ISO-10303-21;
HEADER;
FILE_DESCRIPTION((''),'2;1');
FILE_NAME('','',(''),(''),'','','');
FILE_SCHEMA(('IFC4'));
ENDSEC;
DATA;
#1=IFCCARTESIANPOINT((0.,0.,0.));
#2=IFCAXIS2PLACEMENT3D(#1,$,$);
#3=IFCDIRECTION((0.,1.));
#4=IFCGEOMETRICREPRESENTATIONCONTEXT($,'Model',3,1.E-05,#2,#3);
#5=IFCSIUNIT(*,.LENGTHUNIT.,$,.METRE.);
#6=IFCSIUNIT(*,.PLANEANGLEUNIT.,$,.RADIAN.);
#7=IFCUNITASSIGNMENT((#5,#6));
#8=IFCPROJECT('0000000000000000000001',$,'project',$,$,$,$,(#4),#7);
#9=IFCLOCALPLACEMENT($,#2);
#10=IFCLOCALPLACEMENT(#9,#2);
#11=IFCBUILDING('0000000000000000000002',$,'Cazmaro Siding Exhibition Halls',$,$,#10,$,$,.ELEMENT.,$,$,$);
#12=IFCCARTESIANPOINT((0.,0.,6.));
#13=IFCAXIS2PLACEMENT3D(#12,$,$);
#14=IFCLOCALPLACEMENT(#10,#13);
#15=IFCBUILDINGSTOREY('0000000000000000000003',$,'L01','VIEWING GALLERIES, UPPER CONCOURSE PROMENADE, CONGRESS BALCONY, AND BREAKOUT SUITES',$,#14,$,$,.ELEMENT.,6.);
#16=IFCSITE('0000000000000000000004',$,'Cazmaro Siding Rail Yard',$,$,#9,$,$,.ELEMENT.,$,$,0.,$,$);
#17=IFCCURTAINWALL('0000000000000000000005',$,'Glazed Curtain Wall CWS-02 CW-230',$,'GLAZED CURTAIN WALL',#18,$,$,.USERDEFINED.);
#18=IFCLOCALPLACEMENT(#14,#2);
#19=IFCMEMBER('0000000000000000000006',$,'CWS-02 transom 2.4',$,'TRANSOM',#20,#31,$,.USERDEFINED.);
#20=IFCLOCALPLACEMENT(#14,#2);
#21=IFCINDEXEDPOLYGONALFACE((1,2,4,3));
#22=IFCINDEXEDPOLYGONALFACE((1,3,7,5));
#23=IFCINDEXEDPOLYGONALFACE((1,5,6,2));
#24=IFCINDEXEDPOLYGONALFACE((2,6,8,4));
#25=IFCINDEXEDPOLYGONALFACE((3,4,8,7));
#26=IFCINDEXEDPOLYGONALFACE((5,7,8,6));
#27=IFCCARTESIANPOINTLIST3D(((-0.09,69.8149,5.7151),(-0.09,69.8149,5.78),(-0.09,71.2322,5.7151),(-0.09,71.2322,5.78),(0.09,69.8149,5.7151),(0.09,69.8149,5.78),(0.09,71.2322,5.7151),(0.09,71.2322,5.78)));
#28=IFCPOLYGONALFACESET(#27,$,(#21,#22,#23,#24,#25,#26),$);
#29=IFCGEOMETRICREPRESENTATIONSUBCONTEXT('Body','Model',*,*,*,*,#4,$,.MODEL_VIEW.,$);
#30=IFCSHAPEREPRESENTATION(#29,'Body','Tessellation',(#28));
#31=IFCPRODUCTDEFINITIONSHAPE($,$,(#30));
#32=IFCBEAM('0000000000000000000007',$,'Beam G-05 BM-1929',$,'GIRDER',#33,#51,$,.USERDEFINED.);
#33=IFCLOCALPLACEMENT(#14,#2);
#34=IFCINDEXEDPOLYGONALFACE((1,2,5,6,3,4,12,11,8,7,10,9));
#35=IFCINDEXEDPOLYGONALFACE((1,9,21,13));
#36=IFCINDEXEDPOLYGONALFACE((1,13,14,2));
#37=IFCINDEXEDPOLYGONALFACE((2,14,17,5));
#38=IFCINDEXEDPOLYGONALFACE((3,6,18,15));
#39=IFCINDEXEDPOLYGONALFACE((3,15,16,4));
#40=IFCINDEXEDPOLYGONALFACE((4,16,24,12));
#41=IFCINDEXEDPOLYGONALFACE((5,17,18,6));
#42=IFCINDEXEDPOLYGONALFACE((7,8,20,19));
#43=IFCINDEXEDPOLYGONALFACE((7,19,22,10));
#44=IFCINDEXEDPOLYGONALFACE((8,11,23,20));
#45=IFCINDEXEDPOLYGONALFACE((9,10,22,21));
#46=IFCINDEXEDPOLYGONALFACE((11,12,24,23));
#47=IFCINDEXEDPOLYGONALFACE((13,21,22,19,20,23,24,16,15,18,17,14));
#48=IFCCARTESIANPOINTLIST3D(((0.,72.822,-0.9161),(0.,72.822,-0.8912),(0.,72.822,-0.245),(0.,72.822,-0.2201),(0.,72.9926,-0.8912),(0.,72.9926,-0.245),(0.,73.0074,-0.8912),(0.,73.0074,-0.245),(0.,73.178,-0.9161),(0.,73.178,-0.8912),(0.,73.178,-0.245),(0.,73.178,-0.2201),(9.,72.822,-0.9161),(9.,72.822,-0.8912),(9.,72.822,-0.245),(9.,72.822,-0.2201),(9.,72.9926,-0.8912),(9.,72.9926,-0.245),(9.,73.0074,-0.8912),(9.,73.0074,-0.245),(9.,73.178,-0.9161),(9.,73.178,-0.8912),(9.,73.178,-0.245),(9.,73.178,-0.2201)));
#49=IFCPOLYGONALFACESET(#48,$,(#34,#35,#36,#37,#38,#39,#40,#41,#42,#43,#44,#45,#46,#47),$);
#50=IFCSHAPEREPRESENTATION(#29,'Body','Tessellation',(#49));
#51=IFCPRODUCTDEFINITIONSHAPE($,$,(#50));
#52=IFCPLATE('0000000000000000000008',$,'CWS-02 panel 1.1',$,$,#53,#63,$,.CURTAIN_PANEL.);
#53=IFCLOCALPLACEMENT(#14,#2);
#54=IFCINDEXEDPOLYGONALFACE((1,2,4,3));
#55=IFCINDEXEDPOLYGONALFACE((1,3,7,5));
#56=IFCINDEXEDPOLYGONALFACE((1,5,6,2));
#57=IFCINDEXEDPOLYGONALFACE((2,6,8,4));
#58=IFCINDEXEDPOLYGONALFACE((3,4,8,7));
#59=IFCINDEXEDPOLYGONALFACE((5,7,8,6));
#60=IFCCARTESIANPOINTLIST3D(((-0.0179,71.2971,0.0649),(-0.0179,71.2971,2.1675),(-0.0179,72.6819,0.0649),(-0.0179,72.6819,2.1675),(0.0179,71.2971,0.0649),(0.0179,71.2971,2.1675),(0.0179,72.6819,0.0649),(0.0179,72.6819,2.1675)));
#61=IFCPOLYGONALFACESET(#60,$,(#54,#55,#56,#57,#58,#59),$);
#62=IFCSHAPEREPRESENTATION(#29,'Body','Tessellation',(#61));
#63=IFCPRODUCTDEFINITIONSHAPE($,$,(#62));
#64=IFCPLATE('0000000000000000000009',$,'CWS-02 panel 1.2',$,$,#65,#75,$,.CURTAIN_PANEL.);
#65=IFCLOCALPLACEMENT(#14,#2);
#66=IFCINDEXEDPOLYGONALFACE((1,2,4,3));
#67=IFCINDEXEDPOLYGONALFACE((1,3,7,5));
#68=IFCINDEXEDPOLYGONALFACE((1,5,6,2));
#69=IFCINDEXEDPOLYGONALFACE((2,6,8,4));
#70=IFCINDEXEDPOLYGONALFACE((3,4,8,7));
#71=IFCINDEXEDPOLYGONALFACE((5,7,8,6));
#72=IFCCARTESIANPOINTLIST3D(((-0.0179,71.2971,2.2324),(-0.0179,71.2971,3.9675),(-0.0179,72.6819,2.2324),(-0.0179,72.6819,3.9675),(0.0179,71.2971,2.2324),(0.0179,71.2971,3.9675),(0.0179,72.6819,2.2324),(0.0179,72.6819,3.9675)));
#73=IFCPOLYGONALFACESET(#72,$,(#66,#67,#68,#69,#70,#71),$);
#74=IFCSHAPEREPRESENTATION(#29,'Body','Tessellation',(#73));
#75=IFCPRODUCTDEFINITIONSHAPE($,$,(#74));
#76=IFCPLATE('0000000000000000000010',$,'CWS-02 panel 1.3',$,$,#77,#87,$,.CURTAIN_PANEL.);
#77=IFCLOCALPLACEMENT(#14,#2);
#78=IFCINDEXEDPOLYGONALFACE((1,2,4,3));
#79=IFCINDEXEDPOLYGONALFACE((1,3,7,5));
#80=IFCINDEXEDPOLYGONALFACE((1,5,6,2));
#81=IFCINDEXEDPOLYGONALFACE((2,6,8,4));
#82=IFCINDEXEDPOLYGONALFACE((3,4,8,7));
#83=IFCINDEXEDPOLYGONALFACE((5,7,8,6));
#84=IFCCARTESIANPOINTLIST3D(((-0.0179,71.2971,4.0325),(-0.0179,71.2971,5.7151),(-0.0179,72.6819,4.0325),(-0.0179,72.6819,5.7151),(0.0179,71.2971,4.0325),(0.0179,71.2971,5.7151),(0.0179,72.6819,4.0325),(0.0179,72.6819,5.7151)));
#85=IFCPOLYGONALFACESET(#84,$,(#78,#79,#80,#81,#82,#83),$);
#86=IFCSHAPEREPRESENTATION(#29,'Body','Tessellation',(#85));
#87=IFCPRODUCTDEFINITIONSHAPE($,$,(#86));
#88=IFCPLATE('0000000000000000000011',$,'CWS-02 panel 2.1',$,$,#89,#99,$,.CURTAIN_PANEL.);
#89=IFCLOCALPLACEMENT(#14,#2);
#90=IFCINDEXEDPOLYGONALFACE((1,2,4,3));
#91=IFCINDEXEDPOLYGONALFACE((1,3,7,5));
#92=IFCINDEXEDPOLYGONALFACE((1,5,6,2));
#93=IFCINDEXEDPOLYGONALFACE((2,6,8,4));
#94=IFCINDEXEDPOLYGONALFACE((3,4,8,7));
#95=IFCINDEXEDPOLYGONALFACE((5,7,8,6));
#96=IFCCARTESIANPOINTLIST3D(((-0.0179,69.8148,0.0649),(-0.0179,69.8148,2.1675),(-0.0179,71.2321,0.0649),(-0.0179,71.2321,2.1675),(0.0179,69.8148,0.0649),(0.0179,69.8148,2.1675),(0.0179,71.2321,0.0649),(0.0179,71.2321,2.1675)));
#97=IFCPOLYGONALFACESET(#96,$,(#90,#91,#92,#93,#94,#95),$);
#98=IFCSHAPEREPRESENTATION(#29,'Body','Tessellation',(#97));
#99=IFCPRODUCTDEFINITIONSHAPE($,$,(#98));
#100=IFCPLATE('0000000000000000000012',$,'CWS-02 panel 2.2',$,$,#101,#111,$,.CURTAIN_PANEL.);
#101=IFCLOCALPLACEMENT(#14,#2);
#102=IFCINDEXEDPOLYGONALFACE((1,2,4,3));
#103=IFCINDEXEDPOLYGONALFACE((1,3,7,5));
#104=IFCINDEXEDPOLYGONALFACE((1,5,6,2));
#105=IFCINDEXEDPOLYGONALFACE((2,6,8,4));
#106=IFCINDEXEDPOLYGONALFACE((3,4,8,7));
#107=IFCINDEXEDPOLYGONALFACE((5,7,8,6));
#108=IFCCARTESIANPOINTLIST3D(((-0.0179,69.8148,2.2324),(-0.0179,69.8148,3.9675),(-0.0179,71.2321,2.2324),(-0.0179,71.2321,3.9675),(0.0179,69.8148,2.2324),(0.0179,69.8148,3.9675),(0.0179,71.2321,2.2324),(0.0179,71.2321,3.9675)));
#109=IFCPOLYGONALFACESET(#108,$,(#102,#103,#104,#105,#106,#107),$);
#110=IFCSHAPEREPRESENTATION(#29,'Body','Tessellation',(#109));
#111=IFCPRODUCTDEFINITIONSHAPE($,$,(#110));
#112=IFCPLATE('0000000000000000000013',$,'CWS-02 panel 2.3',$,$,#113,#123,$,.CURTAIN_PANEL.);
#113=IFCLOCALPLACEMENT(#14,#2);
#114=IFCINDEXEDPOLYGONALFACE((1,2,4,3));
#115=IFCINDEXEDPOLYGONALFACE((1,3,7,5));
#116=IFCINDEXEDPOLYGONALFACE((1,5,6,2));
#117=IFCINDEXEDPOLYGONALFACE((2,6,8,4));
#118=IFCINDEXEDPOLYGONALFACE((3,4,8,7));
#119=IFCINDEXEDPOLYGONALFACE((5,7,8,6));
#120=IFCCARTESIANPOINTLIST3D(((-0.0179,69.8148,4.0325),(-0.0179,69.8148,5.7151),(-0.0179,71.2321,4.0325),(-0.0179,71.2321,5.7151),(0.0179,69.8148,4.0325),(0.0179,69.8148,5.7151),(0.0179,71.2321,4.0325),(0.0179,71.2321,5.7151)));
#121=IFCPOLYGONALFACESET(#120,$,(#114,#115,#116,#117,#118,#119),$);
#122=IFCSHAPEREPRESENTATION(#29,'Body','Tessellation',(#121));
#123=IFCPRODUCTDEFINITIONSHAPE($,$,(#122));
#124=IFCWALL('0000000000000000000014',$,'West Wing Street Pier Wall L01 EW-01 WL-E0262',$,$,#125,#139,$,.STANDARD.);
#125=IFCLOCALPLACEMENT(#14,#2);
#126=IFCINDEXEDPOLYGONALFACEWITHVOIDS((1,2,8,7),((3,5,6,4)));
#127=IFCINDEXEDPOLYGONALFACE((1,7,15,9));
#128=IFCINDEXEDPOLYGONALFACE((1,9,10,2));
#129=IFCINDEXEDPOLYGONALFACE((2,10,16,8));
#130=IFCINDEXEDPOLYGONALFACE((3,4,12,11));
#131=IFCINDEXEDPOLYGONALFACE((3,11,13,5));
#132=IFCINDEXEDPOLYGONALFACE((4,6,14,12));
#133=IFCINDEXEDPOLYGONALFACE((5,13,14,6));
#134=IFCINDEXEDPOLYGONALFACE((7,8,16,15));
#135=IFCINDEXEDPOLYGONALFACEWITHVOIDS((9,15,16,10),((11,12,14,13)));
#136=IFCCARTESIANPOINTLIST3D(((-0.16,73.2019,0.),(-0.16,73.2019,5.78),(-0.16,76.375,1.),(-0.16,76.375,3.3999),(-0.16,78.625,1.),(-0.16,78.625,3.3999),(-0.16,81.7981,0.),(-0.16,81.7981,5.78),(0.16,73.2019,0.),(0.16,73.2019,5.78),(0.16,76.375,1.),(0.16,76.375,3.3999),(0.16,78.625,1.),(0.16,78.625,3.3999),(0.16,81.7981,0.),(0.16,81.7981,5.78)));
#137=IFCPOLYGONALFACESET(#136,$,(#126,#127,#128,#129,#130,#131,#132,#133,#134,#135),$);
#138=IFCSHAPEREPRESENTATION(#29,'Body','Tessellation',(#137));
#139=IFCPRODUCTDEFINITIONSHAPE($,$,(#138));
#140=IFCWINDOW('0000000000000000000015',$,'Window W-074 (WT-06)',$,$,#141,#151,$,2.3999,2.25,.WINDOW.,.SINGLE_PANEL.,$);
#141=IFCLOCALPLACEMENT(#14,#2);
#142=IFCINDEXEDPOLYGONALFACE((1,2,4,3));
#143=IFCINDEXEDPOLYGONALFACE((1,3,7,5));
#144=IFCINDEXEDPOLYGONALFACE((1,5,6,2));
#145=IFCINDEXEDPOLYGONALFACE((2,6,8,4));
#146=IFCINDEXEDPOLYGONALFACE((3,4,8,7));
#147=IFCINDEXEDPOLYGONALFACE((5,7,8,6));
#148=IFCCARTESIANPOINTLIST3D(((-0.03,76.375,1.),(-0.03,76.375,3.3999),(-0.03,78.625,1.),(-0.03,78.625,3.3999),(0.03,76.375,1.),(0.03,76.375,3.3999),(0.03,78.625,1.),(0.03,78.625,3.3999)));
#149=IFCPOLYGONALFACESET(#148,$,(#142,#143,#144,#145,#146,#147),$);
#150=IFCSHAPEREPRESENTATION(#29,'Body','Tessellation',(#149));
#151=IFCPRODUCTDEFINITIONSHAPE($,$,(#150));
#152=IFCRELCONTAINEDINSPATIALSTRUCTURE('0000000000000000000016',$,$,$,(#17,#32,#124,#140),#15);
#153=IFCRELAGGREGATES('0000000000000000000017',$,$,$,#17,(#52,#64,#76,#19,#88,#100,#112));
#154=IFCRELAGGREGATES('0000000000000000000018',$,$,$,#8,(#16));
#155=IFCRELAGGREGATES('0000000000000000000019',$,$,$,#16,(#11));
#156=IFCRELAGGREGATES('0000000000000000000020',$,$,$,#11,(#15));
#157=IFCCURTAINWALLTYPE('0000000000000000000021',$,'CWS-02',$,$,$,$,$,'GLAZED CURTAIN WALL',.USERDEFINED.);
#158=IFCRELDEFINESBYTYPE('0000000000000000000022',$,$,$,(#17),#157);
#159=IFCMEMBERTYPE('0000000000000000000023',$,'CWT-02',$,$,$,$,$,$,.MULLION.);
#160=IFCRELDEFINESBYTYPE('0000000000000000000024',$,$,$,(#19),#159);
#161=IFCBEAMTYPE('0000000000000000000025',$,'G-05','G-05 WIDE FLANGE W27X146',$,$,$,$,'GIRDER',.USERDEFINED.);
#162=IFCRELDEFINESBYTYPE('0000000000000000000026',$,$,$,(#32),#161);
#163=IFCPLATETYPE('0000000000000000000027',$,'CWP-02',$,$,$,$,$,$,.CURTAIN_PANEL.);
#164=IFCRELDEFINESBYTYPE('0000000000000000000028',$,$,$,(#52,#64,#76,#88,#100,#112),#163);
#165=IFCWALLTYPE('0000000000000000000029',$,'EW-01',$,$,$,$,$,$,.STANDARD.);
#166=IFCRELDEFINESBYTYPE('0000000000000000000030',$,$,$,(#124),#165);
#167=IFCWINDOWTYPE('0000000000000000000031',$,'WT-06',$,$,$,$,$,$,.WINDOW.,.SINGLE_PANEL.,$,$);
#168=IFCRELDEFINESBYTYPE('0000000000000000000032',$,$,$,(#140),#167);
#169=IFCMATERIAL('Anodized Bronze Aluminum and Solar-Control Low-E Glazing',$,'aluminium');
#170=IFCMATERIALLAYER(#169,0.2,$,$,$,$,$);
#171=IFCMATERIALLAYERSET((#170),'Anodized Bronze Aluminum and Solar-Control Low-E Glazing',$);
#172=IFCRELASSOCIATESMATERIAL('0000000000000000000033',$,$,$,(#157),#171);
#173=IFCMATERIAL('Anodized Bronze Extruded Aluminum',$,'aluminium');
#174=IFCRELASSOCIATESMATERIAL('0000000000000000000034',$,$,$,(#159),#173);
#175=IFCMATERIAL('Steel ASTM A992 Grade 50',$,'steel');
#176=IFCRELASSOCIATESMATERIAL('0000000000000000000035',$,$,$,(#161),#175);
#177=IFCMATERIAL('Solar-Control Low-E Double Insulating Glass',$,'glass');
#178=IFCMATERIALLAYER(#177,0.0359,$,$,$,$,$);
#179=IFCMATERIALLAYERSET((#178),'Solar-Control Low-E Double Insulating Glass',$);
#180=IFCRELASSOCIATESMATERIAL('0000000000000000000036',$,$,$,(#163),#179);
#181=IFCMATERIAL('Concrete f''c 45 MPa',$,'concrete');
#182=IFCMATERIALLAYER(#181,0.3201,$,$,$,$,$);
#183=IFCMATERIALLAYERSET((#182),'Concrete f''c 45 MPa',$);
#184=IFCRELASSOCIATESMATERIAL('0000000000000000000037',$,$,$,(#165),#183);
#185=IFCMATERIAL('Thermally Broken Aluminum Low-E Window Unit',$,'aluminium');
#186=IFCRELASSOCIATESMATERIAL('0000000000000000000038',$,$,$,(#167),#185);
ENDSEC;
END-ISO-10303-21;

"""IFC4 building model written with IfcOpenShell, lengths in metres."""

from ifc_helpers import new_model, si_unit, direction, frame, frame_2d, origin, origin_2d, place, context, subcontext, project, spatial, rectangle, i_section, extrude, material, layer, layer_set, material_profile, profile_set, type_object, element, fill, aggregate, save


model = new_model("IFC4")

# Units and contexts
model_context = context("Model", 3, precision=1e-05, world=origin(), true_north=direction((0.0, 1.0)))
body_context = subcontext(model_context, "Body", "Model", "MODEL_VIEW")
ifc_project = project(units=[si_unit("LENGTHUNIT", "METRE"), si_unit("PLANEANGLEUNIT", "RADIAN")], contexts=[model_context])

# Site, building, storey
site_placement = place(None, origin())
site = spatial("IfcSite", under=ifc_project, at=site_placement, Name="Cazmaro Siding Rail Yard", CompositionType="ELEMENT", RefElevation=0.0)
building_placement = place(site_placement, origin())
building = spatial("IfcBuilding", under=site, at=building_placement, Name="Cazmaro Siding Exhibition Halls", CompositionType="ELEMENT")
storey_placement = place(building_placement, frame((0.0, 0.0, 6.0)))
storey = spatial("IfcBuildingStorey", under=building, at=storey_placement, Name="L01", Description="VIEWING GALLERIES, UPPER CONCOURSE PROMENADE, CONGRESS BALCONY, AND BREAKOUT SUITES", CompositionType="ELEMENT", Elevation=6.0)

# Curtain wall, member
ifc_material_1 = material(Name="Anodized Bronze Aluminum and Solar-Control Low-E Glazing", Category="aluminium")
ifc_layer_1 = layer(ifc_material_1, 0.2)
ifc_layer_set_1 = layer_set([ifc_layer_1], Name="Anodized Bronze Aluminum and Solar-Control Low-E Glazing")
curtain_wall_type = type_object("IfcCurtainWallType", Name="CWS-02", ElementType="GLAZED CURTAIN WALL", PredefinedType="USERDEFINED", material=ifc_layer_set_1)
curtain_wall_placement = place(storey_placement, origin())
curtain_wall = element("IfcCurtainWall", 1, at=curtain_wall_placement, inside=storey, type_object=curtain_wall_type, Name="Glazed Curtain Wall CWS-02 CW-230", ObjectType="GLAZED CURTAIN WALL", PredefinedType="USERDEFINED")
ifc_material_2 = material(Name="Anodized Bronze Extruded Aluminum", Category="aluminium")
ifc_material_profile_1 = material_profile(ifc_material_2, rectangle(XDim=0.1799, YDim=0.0649, at=origin_2d()), Name="CWT-02")
ifc_profile_set_1 = profile_set([ifc_material_profile_1], Name="Anodized Bronze Extruded Aluminum")
member_type_1 = type_object("IfcMemberType", Name="CWT-02", PredefinedType="MULLION", material=ifc_profile_set_1)
member_1_placement = place(storey_placement, frame((0.0, 71.2322, 5.7476), z_axis=(0.0, -1.0, 0.0), x_axis=(1.0, 0.0, 0.0)))
member_1 = element("IfcMember", 2, at=member_1_placement, type_object=member_type_1, Name="CWS-02 transom 2.4", ObjectType="TRANSOM", PredefinedType="USERDEFINED", context=body_context, shape_type="SweptSolid", body=[
    extrude(rectangle(XDim=0.1799, YDim=0.0649, at=origin_2d()), origin(), (0.0, 0.0, 1.0), 1.4172),
])

# Beam
ifc_material_3 = material(Name="Steel ASTM A992 Grade 50", Category="steel")
ifc_material_profile_2 = material_profile(ifc_material_3, i_section(OverallWidth=0.356, OverallDepth=0.696, WebThickness=0.0149, FlangeThickness=0.0249, at=origin_2d()), Name="W27X146")
ifc_profile_set_2 = profile_set([ifc_material_profile_2], Name="Steel ASTM A992 Grade 50")
beam_type_1 = type_object("IfcBeamType", Name="G-05", Description="G-05 WIDE FLANGE W27X146", ElementType="GIRDER", PredefinedType="USERDEFINED", material=ifc_profile_set_2)
beam_1_placement = place(storey_placement, frame((0.0, 73.0, -0.5681), z_axis=(1.0, 0.0, 0.0), x_axis=(0.0, 1.0, 0.0)))
element("IfcBeam", 3, at=beam_1_placement, inside=storey, type_object=beam_type_1, Name="Beam G-05 BM-1929", ObjectType="GIRDER", PredefinedType="USERDEFINED", context=body_context, shape_type="SweptSolid", body=[
    extrude(i_section(OverallWidth=0.356, OverallDepth=0.696, WebThickness=0.0149, FlangeThickness=0.0249, at=origin_2d()), origin(), (0.0, 0.0, 1.0), 9.0),
])

# Plates
ifc_material_4 = material(Name="Solar-Control Low-E Double Insulating Glass", Category="glass")
ifc_layer_2 = layer(ifc_material_4, 0.0359)
ifc_layer_set_2 = layer_set([ifc_layer_2], Name="Solar-Control Low-E Double Insulating Glass")
plate_type = type_object("IfcPlateType", Name="CWP-02", PredefinedType="CURTAIN_PANEL", material=ifc_layer_set_2)
plate_1_placement = place(storey_placement, frame((0.0, 71.9895, 0.0649), z_axis=(0.0, 0.0, 1.0), x_axis=(0.0, -1.0, 0.0)))
plate_1 = element("IfcPlate", 4, at=plate_1_placement, type_object=plate_type, Name="CWS-02 panel 1.1", PredefinedType="CURTAIN_PANEL", context=body_context, shape_type="SweptSolid", body=[
    extrude(rectangle(XDim=1.3848, YDim=0.0359, at=origin_2d()), origin(), (0.0, 0.0, 1.0), 2.1025),
])
plate_2_placement = place(storey_placement, frame((0.0, 71.9895, 2.2324), z_axis=(0.0, 0.0, 1.0), x_axis=(0.0, -1.0, 0.0)))
plate_2 = element("IfcPlate", 5, at=plate_2_placement, type_object=plate_type, Name="CWS-02 panel 1.2", PredefinedType="CURTAIN_PANEL", context=body_context, shape_type="SweptSolid", body=[
    extrude(rectangle(XDim=1.3848, YDim=0.0359, at=origin_2d()), origin(), (0.0, 0.0, 1.0), 1.7351),
])
plate_3_placement = place(storey_placement, frame((0.0, 71.9895, 4.0325), z_axis=(0.0, 0.0, 1.0), x_axis=(0.0, -1.0, 0.0)))
plate_3 = element("IfcPlate", 6, at=plate_3_placement, type_object=plate_type, Name="CWS-02 panel 1.3", PredefinedType="CURTAIN_PANEL", context=body_context, shape_type="SweptSolid", body=[
    extrude(rectangle(XDim=1.3848, YDim=0.0359, at=origin_2d()), origin(), (0.0, 0.0, 1.0), 1.6826),
])
plate_4_placement = place(storey_placement, frame((0.0, 70.5234, 0.0649), z_axis=(0.0, 0.0, 1.0), x_axis=(0.0, -1.0, 0.0)))
plate_4 = element("IfcPlate", 7, at=plate_4_placement, type_object=plate_type, Name="CWS-02 panel 2.1", PredefinedType="CURTAIN_PANEL", context=body_context, shape_type="SweptSolid", body=[
    extrude(rectangle(XDim=1.4172, YDim=0.0359, at=origin_2d()), origin(), (0.0, 0.0, 1.0), 2.1025),
])
plate_5_placement = place(storey_placement, frame((0.0, 70.5234, 2.2324), z_axis=(0.0, 0.0, 1.0), x_axis=(0.0, -1.0, 0.0)))
plate_5 = element("IfcPlate", 8, at=plate_5_placement, type_object=plate_type, Name="CWS-02 panel 2.2", PredefinedType="CURTAIN_PANEL", context=body_context, shape_type="SweptSolid", body=[
    extrude(rectangle(XDim=1.4172, YDim=0.0359, at=origin_2d()), origin(), (0.0, 0.0, 1.0), 1.7351),
])
plate_6_placement = place(storey_placement, frame((0.0, 70.5234, 4.0325), z_axis=(0.0, 0.0, 1.0), x_axis=(0.0, -1.0, 0.0)))
plate_6 = element("IfcPlate", 9, at=plate_6_placement, type_object=plate_type, Name="CWS-02 panel 2.3", PredefinedType="CURTAIN_PANEL", context=body_context, shape_type="SweptSolid", body=[
    extrude(rectangle(XDim=1.4172, YDim=0.0359, at=origin_2d()), origin(), (0.0, 0.0, 1.0), 1.6826),
])
aggregate(curtain_wall, [plate_1, plate_2, plate_3, member_1, plate_4, plate_5, plate_6])

# Wall, opening, window
ifc_material_5 = material(Name="Concrete f'c 45 MPa", Category="concrete")
ifc_layer_3 = layer(ifc_material_5, 0.3201)
ifc_layer_set_3 = layer_set([ifc_layer_3], Name="Concrete f'c 45 MPa")
wall_type = type_object("IfcWallType", Name="EW-01", PredefinedType="STANDARD", material=ifc_layer_set_3)
wall_placement = place(storey_placement, frame((0.0, 73.2019, 0.0), z_axis=(0.0, 0.0, 1.0), x_axis=(0.0, 1.0, 0.0)))
wall = element("IfcWall", 10, at=wall_placement, inside=storey, type_object=wall_type, Name="West Wing Street Pier Wall L01 EW-01 WL-E0262", PredefinedType="STANDARD", context=body_context, shape_type="SweptSolid", body=[
    extrude(rectangle(XDim=8.5962, YDim=0.3201, at=frame_2d((4.2981, 0.0))), origin(), (0.0, 0.0, 1.0), 5.78),
])
opening_placement = place(wall_placement, frame((3.1731, 0.0, 1.0)))
opening = element("IfcOpeningElement", 11, at=opening_placement, cuts=wall, PredefinedType="OPENING", context=body_context, shape_type="SweptSolid", body=[
    extrude(rectangle(XDim=2.25, YDim=2.3999, at=frame_2d((1.125, 1.2))), frame((0.0, 0.1699, 0.0), z_axis=(0.0, -1.0, 0.0), x_axis=(1.0, 0.0, 0.0)), (0.0, 0.0, 1.0), 0.3401),
])
ifc_material_6 = material(Name="Thermally Broken Aluminum Low-E Window Unit", Category="aluminium")
window_type = type_object("IfcWindowType", Name="WT-06", PartitioningType="SINGLE_PANEL", PredefinedType="WINDOW", material=ifc_material_6)
window_placement = place(opening_placement, origin())
window = element("IfcWindow", 12, at=window_placement, inside=storey, type_object=window_type, Name="Window W-074 (WT-06)", OverallHeight=2.3999, OverallWidth=2.25, PartitioningType="SINGLE_PANEL", PredefinedType="WINDOW", context=body_context, shape_type="SweptSolid", body=[
    extrude(rectangle(XDim=2.25, YDim=2.3999, at=frame_2d((1.125, 1.2))), frame((0.0, 0.03, 0.0), z_axis=(0.0, -1.0, 0.0), x_axis=(1.0, 0.0, 0.0)), (0.0, 0.0, 1.0), 0.0601),
])
fill(opening, window)

save(model, "model.ifc")
